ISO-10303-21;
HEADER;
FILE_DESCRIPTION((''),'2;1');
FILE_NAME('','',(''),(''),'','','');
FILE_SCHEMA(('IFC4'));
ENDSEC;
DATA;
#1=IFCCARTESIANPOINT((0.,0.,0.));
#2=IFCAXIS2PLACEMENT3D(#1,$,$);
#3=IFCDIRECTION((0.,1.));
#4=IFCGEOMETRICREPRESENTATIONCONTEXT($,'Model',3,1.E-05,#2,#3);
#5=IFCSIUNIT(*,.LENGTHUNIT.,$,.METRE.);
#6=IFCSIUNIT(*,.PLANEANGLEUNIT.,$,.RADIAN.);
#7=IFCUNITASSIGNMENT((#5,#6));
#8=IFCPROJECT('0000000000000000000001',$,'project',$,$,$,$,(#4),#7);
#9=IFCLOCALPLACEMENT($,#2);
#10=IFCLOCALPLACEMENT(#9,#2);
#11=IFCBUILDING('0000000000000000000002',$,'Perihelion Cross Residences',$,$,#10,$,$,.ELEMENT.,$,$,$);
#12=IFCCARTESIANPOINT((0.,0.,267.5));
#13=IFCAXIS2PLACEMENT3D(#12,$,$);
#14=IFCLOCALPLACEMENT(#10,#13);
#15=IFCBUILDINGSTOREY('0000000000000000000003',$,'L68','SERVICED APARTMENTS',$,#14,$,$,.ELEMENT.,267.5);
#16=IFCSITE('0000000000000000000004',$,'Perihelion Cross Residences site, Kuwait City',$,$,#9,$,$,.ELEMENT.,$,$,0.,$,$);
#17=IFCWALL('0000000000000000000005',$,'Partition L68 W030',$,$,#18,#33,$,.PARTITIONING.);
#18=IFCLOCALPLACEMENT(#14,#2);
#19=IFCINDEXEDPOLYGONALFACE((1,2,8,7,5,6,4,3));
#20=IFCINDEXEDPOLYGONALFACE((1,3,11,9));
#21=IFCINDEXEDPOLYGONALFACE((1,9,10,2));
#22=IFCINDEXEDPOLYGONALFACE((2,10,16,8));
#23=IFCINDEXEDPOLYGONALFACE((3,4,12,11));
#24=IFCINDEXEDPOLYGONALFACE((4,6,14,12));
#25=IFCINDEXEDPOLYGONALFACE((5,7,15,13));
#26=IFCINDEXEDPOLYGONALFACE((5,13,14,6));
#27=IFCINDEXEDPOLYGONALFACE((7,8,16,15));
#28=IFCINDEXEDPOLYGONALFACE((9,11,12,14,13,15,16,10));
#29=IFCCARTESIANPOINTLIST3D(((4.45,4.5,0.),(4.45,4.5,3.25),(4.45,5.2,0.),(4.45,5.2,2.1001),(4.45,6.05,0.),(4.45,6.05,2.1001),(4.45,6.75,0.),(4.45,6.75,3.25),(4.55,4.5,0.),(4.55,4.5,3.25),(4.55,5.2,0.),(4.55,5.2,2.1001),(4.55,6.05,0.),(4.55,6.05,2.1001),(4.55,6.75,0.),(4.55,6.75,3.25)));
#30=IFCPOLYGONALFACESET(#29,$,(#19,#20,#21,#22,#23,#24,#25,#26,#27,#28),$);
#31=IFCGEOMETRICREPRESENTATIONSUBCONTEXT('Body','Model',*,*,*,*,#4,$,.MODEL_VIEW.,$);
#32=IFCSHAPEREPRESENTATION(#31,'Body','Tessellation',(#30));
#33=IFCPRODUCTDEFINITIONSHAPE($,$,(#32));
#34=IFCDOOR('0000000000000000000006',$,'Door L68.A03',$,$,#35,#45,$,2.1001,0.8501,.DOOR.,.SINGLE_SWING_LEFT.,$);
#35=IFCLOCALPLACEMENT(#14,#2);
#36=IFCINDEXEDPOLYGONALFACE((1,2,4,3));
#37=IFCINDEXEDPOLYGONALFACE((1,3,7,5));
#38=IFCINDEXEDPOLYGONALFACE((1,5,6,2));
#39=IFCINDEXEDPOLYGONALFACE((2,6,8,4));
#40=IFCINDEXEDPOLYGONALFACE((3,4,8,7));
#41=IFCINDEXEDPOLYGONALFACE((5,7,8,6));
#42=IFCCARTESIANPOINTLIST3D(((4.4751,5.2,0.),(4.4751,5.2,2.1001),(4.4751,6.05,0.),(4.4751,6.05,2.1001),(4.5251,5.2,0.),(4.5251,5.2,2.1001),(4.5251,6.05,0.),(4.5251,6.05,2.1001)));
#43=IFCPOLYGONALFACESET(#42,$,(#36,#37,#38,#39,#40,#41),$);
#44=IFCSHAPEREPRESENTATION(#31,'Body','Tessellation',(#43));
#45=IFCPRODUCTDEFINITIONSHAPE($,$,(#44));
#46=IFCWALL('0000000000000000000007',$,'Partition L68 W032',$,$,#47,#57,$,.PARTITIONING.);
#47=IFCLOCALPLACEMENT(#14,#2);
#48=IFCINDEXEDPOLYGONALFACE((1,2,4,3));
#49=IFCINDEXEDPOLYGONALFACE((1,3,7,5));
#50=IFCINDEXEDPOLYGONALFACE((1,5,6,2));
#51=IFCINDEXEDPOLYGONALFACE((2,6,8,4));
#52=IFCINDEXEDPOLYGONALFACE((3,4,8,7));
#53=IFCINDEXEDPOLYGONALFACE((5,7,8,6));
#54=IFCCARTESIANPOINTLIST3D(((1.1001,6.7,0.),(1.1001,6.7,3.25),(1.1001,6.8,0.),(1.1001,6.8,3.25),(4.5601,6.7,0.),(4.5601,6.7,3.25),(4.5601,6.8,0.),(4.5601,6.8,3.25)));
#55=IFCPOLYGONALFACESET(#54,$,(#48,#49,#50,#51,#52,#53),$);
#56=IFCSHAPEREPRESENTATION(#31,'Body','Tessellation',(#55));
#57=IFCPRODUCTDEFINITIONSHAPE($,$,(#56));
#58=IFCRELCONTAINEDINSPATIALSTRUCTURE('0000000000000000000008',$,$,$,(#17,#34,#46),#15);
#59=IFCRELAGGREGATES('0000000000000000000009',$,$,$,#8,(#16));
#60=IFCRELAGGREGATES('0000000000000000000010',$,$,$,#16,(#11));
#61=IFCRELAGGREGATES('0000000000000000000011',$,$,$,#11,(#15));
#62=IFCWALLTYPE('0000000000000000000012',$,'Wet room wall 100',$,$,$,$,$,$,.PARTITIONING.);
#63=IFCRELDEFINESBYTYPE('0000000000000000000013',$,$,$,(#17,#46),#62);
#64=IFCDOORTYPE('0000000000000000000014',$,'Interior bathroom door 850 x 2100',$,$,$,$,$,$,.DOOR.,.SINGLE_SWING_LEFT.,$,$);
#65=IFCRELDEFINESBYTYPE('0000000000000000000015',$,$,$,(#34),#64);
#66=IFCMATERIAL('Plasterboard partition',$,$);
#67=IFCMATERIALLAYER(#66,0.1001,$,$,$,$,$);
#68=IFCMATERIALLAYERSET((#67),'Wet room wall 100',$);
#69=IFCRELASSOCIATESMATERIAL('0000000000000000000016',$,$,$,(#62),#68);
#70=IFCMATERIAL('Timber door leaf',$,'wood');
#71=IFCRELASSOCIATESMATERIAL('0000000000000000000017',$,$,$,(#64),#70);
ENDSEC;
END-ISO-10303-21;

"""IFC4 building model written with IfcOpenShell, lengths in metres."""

from ifc_helpers import new_model, si_unit, direction, frame, frame_2d, origin, place, context, subcontext, project, spatial, rectangle, extrude, material, layer, layer_set, type_object, element, fill, save


model = new_model("IFC4")

# Units and contexts
model_context = context("Model", 3, precision=1e-05, world=origin(), true_north=direction((0.0, 1.0)))
body_context = subcontext(model_context, "Body", "Model", "MODEL_VIEW")
ifc_project = project(units=[si_unit("LENGTHUNIT", "METRE"), si_unit("PLANEANGLEUNIT", "RADIAN")], contexts=[model_context])

# Site, building, storey
site_placement = place(None, origin())
site = spatial("IfcSite", under=ifc_project, at=site_placement, Name="Perihelion Cross Residences site, Kuwait City", CompositionType="ELEMENT", RefElevation=0.0)
building_placement = place(site_placement, origin())
building = spatial("IfcBuilding", under=site, at=building_placement, Name="Perihelion Cross Residences", CompositionType="ELEMENT")
storey_placement = place(building_placement, frame((0.0, 0.0, 267.5)))
storey = spatial("IfcBuildingStorey", under=building, at=storey_placement, Name="L68", Description="SERVICED APARTMENTS", CompositionType="ELEMENT", Elevation=267.5)

# Wall, opening, door
ifc_material_1 = material(Name="Plasterboard partition")
ifc_layer_1 = layer(ifc_material_1, 0.1001)
ifc_layer_set_1 = layer_set([ifc_layer_1], Name="Wet room wall 100")
wall_type_1 = type_object("IfcWallType", Name="Wet room wall 100", PredefinedType="PARTITIONING", material=ifc_layer_set_1)
wall_1_placement = place(storey_placement, frame((4.5, 4.5, 0.0), z_axis=(0.0, 0.0, 1.0), x_axis=(0.0, 1.0, 0.0)))
wall_1 = element("IfcWall", 1, at=wall_1_placement, inside=storey, type_object=wall_type_1, Name="Partition L68 W030", PredefinedType="PARTITIONING", context=body_context, shape_type="SweptSolid", body=[
    extrude(rectangle(XDim=2.25, YDim=0.1001, at=frame_2d((1.125, 0.0))), origin(), (0.0, 0.0, 1.0), 3.25),
])
opening_1_placement = place(wall_1_placement, frame((0.7, 0.0, 0.0)))
opening_1 = element("IfcOpeningElement", 2, at=opening_1_placement, cuts=wall_1, PredefinedType="OPENING", context=body_context, shape_type="SweptSolid", body=[
    extrude(rectangle(XDim=0.8501, YDim=2.1001, at=frame_2d((0.425, 1.05))), frame((0.0, 0.0601, 0.0), z_axis=(0.0, -1.0, 0.0), x_axis=(1.0, 0.0, 0.0)), (0.0, 0.0, 1.0), 0.1201),
])
ifc_material_2 = material(Name="Timber door leaf", Category="wood")
door_type_1 = type_object("IfcDoorType", Name="Interior bathroom door 850 x 2100", OperationType="SINGLE_SWING_LEFT", PredefinedType="DOOR", material=ifc_material_2)
door_1_placement = place(opening_1_placement, origin())
door_1 = element("IfcDoor", 3, at=door_1_placement, inside=storey, type_object=door_type_1, Name="Door L68.A03", OperationType="SINGLE_SWING_LEFT", OverallHeight=2.1001, OverallWidth=0.8501, PredefinedType="DOOR", context=body_context, shape_type="SweptSolid", body=[
    extrude(rectangle(XDim=0.8501, YDim=2.1001, at=frame_2d((0.425, 1.05))), frame((0.0, 0.0249, 0.0), z_axis=(0.0, -1.0, 0.0), x_axis=(1.0, 0.0, 0.0)), (0.0, 0.0, 1.0), 0.05),
])
fill(opening_1, door_1)

# Wall
wall_2_placement = place(storey_placement, frame((1.1001, 6.75, 0.0), z_axis=(0.0, 0.0, 1.0), x_axis=(1.0, 0.0, 0.0)))
element("IfcWall", 4, at=wall_2_placement, inside=storey, type_object=wall_type_1, Name="Partition L68 W032", PredefinedType="PARTITIONING", context=body_context, shape_type="SweptSolid", body=[
    extrude(rectangle(XDim=3.46, YDim=0.1001, at=frame_2d((1.73, 0.0))), origin(), (0.0, 0.0, 1.0), 3.25),
])

save(model, "model.ifc")
